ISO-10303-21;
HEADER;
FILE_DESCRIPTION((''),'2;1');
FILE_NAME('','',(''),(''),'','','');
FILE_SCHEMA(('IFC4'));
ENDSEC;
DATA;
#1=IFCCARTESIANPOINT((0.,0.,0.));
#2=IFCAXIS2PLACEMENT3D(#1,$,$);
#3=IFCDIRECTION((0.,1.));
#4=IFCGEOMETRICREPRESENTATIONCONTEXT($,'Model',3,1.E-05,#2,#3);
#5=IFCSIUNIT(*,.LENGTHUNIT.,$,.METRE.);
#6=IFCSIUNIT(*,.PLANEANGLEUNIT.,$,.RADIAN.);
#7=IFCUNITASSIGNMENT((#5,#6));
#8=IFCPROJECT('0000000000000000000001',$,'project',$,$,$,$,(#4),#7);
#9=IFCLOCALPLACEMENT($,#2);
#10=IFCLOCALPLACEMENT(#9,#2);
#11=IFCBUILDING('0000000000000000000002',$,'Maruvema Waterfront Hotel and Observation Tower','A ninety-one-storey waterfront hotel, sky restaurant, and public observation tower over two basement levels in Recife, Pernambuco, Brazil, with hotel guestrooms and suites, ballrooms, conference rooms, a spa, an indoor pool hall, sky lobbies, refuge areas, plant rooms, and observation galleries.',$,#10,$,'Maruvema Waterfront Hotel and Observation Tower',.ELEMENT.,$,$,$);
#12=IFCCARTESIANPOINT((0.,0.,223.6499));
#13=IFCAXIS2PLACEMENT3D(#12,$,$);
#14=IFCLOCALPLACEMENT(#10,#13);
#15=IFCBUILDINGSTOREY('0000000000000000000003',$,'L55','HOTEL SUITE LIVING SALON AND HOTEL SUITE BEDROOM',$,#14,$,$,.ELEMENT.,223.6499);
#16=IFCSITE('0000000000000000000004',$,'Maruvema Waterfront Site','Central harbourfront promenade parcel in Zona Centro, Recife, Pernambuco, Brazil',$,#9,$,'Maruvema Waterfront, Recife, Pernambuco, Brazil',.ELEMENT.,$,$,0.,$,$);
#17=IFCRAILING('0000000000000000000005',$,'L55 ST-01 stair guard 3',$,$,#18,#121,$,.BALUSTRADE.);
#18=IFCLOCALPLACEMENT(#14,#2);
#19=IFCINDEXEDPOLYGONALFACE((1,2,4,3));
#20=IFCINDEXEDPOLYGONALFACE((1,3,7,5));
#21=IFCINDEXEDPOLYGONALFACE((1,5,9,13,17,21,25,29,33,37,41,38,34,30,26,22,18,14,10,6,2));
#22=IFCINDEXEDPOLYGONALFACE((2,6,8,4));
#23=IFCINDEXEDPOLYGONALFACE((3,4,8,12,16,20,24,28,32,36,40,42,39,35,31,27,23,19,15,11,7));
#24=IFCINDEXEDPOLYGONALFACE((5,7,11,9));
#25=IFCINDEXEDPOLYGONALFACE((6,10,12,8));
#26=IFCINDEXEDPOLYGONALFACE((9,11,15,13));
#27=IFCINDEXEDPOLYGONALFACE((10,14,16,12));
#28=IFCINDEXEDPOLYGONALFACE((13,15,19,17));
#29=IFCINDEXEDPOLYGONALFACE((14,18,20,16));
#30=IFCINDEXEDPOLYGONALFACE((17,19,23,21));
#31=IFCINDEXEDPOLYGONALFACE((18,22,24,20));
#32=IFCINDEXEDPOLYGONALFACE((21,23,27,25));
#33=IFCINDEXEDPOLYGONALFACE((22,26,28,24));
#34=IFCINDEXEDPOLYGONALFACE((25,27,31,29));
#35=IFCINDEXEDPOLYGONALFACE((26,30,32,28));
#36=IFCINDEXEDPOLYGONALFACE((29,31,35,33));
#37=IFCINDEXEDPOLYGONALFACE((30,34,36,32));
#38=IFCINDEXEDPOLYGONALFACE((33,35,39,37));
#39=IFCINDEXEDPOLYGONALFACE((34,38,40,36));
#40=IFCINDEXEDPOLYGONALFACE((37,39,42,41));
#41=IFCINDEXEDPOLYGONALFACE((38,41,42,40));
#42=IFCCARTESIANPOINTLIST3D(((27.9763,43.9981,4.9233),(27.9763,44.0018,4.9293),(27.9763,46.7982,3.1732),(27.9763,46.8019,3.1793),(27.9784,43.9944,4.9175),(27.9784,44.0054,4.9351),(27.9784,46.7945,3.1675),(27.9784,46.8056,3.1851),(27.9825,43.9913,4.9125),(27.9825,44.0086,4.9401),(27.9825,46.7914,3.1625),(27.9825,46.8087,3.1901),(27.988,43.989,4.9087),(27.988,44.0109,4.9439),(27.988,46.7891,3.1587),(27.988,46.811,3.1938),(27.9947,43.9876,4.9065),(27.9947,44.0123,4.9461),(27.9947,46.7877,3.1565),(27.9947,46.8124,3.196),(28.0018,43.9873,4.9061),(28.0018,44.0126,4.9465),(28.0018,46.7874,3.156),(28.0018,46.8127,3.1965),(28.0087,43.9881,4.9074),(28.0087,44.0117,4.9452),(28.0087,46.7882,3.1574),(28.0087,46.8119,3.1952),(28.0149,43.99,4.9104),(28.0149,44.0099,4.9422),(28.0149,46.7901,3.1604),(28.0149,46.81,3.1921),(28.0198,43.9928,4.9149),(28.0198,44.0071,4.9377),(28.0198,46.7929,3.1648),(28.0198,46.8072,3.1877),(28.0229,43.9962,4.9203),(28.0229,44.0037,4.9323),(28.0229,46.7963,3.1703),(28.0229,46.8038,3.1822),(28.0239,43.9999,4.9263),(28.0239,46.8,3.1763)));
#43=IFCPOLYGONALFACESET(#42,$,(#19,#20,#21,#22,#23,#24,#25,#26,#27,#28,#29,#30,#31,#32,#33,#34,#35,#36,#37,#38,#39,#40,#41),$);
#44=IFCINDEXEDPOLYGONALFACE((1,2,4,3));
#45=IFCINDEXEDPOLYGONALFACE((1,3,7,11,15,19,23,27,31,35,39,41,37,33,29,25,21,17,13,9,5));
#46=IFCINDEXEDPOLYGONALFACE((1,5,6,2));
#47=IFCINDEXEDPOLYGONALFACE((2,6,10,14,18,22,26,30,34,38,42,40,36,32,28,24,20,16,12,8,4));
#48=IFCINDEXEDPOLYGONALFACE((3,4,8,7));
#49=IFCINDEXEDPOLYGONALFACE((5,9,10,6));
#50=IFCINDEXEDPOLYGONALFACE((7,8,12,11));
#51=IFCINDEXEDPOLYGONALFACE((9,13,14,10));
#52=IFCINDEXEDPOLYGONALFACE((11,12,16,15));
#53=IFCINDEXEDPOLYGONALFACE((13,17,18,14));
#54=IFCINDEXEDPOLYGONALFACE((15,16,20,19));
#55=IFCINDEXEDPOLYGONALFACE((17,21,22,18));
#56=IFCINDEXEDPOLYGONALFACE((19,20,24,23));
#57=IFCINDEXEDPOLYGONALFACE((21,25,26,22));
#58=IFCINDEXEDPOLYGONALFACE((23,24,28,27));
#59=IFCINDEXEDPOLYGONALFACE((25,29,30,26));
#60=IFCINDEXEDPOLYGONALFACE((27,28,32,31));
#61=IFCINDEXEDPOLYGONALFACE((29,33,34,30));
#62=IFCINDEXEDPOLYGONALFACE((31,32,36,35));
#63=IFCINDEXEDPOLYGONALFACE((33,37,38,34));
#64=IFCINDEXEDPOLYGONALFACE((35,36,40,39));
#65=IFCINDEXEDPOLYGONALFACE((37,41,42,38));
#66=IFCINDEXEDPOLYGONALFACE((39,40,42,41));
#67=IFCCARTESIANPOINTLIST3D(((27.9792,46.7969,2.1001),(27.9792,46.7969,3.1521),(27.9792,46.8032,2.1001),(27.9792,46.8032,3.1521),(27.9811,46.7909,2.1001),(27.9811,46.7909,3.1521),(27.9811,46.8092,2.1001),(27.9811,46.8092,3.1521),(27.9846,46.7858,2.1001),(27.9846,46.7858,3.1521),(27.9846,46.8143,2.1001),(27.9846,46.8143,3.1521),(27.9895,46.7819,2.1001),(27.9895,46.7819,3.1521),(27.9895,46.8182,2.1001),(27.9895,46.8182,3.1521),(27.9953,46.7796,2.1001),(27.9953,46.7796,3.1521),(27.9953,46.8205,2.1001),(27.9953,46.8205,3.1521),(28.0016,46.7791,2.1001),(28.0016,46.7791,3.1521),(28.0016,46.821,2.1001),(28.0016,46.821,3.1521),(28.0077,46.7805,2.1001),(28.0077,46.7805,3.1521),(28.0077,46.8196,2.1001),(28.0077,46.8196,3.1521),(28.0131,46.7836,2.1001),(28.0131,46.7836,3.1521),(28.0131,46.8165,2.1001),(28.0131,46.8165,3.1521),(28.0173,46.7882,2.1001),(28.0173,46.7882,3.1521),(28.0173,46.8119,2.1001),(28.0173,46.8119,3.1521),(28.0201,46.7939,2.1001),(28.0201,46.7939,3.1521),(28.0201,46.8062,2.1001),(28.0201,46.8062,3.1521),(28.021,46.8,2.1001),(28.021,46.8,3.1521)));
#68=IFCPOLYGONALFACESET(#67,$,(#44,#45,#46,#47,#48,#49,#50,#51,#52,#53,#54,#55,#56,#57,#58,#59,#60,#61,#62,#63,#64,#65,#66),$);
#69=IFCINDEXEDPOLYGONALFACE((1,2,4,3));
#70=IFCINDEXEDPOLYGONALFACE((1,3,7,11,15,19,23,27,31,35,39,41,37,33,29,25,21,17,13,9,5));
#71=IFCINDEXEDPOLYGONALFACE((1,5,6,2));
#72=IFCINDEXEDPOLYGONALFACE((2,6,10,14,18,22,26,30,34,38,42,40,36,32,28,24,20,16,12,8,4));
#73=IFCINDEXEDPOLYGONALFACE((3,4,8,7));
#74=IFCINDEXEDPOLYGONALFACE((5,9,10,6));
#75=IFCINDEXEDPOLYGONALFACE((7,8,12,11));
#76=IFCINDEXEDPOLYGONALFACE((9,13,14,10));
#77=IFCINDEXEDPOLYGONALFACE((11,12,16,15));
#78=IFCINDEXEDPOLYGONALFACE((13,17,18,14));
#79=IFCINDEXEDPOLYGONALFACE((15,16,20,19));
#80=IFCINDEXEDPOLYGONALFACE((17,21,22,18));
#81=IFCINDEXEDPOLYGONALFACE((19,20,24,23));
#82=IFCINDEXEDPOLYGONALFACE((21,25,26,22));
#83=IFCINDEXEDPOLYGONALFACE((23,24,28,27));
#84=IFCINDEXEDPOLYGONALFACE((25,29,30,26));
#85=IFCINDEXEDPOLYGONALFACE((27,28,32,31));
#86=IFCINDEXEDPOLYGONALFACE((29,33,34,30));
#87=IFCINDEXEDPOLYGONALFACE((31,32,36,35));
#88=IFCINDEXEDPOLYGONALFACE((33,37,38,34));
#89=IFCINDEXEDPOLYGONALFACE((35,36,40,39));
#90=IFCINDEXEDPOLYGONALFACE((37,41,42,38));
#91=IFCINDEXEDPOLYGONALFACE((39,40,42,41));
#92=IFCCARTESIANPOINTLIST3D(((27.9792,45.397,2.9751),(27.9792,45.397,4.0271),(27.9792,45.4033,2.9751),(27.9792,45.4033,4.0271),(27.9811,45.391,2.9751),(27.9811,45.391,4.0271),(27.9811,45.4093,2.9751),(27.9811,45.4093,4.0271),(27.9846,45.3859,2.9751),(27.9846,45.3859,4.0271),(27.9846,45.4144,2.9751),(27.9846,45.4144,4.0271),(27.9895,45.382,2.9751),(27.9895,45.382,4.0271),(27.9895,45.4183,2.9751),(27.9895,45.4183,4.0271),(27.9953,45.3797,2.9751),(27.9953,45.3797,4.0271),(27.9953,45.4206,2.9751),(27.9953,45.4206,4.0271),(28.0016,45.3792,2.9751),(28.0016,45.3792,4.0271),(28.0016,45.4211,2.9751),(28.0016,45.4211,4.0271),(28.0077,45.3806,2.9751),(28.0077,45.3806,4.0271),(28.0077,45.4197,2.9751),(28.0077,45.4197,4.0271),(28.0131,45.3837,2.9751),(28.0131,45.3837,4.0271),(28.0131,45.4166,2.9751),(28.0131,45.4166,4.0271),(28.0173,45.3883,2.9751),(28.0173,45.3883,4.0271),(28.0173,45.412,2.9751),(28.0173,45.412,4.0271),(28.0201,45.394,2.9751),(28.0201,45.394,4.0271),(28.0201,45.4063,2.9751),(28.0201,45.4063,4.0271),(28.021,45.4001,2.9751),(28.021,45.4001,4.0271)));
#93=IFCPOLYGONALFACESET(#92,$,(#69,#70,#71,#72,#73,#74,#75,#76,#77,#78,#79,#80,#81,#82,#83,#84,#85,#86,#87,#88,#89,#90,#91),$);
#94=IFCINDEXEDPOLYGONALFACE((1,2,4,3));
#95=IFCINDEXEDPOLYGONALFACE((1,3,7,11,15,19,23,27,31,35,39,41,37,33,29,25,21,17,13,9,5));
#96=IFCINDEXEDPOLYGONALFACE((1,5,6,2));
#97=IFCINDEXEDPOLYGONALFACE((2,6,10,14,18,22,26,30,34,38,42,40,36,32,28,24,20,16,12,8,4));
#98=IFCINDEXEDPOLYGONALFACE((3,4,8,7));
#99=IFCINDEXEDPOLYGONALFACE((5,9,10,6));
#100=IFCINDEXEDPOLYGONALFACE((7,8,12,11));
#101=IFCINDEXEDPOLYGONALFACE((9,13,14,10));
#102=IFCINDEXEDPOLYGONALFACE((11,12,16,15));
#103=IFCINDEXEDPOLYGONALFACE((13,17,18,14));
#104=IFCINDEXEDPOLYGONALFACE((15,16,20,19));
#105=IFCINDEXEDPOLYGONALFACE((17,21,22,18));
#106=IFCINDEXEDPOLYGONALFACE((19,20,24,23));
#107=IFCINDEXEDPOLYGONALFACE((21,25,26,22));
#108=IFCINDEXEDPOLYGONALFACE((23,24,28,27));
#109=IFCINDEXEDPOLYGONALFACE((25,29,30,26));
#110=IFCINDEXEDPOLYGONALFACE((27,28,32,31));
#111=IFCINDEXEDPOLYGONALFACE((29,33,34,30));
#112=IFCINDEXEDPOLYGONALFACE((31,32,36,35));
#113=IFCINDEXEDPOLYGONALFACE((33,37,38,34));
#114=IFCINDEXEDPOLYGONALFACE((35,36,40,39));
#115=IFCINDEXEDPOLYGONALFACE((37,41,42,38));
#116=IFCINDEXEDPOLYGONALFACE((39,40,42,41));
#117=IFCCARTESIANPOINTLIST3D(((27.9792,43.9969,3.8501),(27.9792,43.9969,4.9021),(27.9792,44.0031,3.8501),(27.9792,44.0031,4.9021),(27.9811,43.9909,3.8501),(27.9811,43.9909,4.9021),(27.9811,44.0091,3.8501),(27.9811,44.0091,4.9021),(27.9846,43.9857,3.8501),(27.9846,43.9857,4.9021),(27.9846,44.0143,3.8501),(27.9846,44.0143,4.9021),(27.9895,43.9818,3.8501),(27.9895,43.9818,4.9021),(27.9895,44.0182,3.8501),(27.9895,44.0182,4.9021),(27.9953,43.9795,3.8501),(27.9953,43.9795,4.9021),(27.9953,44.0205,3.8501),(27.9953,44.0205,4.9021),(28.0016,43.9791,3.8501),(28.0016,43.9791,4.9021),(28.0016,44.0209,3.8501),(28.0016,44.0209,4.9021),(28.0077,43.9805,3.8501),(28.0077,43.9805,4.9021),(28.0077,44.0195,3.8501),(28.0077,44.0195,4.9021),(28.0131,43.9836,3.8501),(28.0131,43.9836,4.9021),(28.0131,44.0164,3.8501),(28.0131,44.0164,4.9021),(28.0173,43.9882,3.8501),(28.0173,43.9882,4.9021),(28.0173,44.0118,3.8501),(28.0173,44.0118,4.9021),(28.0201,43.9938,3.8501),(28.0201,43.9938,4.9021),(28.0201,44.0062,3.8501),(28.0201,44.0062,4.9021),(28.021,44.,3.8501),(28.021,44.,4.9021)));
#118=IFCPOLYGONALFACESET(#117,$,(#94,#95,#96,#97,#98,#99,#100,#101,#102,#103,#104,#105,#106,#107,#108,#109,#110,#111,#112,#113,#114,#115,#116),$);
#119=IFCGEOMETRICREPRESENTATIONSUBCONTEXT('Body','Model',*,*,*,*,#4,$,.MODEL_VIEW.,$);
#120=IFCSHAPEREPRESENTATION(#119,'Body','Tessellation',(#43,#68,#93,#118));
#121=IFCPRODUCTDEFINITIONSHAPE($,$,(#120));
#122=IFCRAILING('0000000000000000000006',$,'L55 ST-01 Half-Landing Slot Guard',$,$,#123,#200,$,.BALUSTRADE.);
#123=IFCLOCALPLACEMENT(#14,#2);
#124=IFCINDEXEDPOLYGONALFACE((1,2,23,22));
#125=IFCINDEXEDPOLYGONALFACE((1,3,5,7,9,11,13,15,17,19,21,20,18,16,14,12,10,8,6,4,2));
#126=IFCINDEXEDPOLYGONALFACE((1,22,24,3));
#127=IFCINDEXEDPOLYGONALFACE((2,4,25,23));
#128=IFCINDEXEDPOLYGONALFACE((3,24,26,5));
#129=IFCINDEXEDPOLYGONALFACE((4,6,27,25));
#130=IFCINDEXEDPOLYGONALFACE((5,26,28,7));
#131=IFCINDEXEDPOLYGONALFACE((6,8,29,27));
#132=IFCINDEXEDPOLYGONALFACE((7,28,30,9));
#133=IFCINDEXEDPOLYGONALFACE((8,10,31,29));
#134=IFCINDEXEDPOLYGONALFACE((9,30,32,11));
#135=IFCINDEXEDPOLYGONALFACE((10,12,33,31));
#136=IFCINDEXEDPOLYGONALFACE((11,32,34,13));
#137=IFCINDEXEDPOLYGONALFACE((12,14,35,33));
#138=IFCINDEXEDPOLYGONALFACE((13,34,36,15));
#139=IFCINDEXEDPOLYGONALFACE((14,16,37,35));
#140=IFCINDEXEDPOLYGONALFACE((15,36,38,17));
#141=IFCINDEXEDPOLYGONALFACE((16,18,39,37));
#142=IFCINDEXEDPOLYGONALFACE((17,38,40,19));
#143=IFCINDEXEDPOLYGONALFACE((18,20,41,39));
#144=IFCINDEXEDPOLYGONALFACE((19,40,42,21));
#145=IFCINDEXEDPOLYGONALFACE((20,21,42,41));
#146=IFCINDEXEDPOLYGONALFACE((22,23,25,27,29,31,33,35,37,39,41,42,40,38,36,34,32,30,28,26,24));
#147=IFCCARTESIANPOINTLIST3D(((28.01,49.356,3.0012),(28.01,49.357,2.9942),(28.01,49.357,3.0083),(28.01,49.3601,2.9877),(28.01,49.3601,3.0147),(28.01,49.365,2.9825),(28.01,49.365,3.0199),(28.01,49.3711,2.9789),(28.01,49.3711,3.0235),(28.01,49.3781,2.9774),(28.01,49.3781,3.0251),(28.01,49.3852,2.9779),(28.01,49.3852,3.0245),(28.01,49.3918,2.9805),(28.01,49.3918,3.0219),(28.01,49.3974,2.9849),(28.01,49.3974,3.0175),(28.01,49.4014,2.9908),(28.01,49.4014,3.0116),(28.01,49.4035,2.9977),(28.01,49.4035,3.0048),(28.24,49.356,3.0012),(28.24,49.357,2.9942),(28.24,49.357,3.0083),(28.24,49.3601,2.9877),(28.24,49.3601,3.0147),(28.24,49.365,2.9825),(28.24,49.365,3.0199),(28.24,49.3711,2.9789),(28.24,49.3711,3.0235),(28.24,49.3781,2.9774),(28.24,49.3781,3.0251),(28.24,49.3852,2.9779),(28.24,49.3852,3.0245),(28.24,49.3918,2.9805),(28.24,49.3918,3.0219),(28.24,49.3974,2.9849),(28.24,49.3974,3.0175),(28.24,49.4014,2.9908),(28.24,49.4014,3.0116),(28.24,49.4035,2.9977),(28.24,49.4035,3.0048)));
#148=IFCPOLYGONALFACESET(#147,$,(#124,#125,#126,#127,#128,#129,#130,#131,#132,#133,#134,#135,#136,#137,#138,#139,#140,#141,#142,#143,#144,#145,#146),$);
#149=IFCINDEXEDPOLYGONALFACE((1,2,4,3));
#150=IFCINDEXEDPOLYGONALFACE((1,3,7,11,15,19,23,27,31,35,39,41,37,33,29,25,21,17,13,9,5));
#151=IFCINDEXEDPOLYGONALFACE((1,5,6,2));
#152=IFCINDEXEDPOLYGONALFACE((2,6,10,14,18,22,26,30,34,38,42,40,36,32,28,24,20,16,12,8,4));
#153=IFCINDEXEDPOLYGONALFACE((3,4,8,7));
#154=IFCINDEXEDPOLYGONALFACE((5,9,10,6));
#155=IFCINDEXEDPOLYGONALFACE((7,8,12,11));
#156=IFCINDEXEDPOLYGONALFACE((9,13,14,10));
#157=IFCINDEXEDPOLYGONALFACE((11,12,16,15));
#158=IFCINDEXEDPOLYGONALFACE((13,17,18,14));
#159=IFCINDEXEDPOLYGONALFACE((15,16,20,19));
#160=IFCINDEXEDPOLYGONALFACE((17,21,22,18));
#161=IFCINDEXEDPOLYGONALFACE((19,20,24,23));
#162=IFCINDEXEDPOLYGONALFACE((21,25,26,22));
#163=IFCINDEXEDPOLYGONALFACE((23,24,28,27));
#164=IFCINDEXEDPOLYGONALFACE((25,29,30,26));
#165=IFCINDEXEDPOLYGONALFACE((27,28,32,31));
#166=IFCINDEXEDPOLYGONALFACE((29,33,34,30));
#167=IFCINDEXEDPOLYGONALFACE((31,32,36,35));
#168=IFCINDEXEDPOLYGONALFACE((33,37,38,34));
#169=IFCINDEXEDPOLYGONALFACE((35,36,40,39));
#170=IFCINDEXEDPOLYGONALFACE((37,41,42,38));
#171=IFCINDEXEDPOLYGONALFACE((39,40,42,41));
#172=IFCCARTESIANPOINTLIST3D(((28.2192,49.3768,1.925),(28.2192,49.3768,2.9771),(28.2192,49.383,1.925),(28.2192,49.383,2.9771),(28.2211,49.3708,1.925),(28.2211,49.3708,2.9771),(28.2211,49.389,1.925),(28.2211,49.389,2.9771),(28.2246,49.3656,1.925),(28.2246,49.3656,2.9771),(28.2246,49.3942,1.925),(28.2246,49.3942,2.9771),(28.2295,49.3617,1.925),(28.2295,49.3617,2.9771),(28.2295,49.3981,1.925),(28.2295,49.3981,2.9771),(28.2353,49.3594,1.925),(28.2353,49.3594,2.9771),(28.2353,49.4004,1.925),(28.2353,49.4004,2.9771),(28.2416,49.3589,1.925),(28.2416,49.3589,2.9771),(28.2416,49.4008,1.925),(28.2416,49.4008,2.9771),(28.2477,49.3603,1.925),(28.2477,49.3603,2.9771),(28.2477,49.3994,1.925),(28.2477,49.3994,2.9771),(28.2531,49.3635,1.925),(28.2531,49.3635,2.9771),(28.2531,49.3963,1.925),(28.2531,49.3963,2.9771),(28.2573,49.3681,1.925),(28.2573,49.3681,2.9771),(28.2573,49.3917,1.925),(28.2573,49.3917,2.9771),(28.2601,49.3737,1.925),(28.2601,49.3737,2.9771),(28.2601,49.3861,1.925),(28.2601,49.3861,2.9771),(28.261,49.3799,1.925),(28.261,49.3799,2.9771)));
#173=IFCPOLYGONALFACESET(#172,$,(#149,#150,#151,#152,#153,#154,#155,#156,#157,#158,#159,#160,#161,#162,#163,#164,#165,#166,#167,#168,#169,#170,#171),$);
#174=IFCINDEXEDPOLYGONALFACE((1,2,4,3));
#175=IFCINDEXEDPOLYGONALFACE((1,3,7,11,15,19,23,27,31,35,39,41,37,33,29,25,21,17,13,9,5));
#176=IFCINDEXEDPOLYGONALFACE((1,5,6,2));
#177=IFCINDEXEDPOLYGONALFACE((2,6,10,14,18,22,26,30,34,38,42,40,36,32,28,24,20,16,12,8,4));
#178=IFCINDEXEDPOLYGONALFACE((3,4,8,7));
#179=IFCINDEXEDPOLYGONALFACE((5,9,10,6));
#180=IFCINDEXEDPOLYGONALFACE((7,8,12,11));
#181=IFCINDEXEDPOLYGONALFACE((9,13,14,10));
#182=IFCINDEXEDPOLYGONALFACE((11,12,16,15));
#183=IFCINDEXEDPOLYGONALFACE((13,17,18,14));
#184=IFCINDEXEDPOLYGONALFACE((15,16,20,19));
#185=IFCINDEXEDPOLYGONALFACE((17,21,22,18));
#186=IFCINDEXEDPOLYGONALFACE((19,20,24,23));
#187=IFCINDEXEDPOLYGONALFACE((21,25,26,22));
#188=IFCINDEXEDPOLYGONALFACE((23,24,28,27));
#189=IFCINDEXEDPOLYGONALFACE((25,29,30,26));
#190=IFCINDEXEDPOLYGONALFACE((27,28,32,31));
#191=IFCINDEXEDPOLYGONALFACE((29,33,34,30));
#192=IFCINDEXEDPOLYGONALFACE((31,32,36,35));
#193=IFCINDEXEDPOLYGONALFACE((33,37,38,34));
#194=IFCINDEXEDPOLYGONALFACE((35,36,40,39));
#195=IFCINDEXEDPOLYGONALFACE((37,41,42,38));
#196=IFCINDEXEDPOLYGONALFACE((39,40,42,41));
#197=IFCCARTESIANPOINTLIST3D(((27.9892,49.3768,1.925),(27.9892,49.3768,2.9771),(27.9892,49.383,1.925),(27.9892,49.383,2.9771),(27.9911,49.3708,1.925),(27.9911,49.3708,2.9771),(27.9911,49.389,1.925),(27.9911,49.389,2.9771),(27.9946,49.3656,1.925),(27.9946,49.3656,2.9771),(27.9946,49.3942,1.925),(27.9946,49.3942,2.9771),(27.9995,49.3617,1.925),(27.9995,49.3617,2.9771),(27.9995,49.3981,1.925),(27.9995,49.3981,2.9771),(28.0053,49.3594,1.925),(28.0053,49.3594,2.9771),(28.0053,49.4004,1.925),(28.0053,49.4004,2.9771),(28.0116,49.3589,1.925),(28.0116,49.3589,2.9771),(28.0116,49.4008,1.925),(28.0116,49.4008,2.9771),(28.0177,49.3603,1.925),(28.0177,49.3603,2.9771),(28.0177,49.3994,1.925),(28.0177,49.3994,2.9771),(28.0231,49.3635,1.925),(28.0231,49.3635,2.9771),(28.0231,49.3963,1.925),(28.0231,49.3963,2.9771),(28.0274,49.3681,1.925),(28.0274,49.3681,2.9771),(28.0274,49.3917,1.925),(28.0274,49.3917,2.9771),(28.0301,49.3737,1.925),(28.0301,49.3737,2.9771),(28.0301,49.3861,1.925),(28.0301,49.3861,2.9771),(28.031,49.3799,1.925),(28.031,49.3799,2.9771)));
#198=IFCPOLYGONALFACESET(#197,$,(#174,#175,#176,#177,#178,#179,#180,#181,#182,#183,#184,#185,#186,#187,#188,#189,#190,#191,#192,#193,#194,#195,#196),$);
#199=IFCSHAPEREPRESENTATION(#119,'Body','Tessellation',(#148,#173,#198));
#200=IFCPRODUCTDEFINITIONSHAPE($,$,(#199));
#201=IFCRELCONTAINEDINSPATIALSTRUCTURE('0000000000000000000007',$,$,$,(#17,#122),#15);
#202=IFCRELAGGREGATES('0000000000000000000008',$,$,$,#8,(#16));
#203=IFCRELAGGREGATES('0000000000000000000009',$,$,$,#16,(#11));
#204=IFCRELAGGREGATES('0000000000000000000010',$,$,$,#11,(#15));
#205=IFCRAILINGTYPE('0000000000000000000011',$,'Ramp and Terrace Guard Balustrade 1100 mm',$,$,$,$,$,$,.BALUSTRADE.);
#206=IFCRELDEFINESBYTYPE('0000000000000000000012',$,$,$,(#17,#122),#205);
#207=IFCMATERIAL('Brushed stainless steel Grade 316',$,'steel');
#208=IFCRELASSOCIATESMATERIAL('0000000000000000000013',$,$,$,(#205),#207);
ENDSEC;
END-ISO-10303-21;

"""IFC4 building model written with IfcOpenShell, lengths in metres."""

from ifc_helpers import new_model, si_unit, direction, frame, origin, origin_2d, place, context, subcontext, project, spatial, circle, extrude, material, type_object, element, save


model = new_model("IFC4")

# Units and contexts
model_context = context("Model", 3, precision=1e-05, world=origin(), true_north=direction((0.0, 1.0)))
body_context = subcontext(model_context, "Body", "Model", "MODEL_VIEW")
ifc_project = project(units=[si_unit("LENGTHUNIT", "METRE"), si_unit("PLANEANGLEUNIT", "RADIAN")], contexts=[model_context])

# Site, building, storey
site_placement = place(None, origin())
site = spatial("IfcSite", under=ifc_project, at=site_placement, Name="Maruvema Waterfront Site", Description="Central harbourfront promenade parcel in Zona Centro, Recife, Pernambuco, Brazil", LongName="Maruvema Waterfront, Recife, Pernambuco, Brazil", CompositionType="ELEMENT", RefElevation=0.0)
building_placement = place(site_placement, origin())
building = spatial("IfcBuilding", under=site, at=building_placement, Name="Maruvema Waterfront Hotel and Observation Tower", Description="A ninety-one-storey waterfront hotel, sky restaurant, and public observation tower over two basement levels in Recife, Pernambuco, Brazil, with hotel guestrooms and suites, ballrooms, conference rooms, a spa, an indoor pool hall, sky lobbies, refuge areas, plant rooms, and observation galleries.", LongName="Maruvema Waterfront Hotel and Observation Tower", CompositionType="ELEMENT")
storey_placement = place(building_placement, frame((0.0, 0.0, 223.6499)))
storey = spatial("IfcBuildingStorey", under=building, at=storey_placement, Name="L55", Description="HOTEL SUITE LIVING SALON AND HOTEL SUITE BEDROOM", CompositionType="ELEMENT", Elevation=223.6499)

# Railings
ifc_material_1 = material(Name="Brushed stainless steel Grade 316", Category="steel")
railing_type_1 = type_object("IfcRailingType", Name="Ramp and Terrace Guard Balustrade 1100 mm", PredefinedType="BALUSTRADE", material=ifc_material_1)
railing_1_placement = place(storey_placement, frame((28.0, 46.8, 2.1001)))
element("IfcRailing", 1, at=railing_1_placement, inside=storey, type_object=railing_type_1, Name="L55 ST-01 stair guard 3", PredefinedType="BALUSTRADE", context=body_context, shape_type="SweptSolid", body=[
    extrude(circle(Radius=0.0239, at=origin_2d()), frame((0.0, 0.0, 1.0762), z_axis=(0.0, -0.848002, 0.529992), x_axis=(1.0, 0.0, 0.0)), (0.0, 0.0, 1.0), 3.302),
    extrude(circle(Radius=0.021, at=origin_2d()), origin(), (0.0, 0.0, 1.0), 1.052),
    extrude(circle(Radius=0.021, at=origin_2d()), frame((0.0, -1.3999, 0.875)), (0.0, 0.0, 1.0), 1.052),
    extrude(circle(Radius=0.021, at=origin_2d()), frame((0.0, -2.8, 1.75)), (0.0, 0.0, 1.0), 1.052),
])
railing_2_placement = place(storey_placement, frame((28.24, 49.3799, 1.925)))
element("IfcRailing", 2, at=railing_2_placement, inside=storey, type_object=railing_type_1, Name="L55 ST-01 Half-Landing Slot Guard", PredefinedType="BALUSTRADE", context=body_context, shape_type="SweptSolid", body=[
    extrude(circle(Radius=0.0239, at=origin_2d()), frame((0.0, 0.0, 1.0762), z_axis=(-1.0, 0.0, 0.0), x_axis=(0.0, -1.0, 0.0)), (0.0, 0.0, 1.0), 0.23),
    extrude(circle(Radius=0.021, at=origin_2d()), origin(), (0.0, 0.0, 1.0), 1.052),
    extrude(circle(Radius=0.021, at=origin_2d()), frame((-0.23, 0.0, 0.0)), (0.0, 0.0, 1.0), 1.052),
])

save(model, "model.ifc")
